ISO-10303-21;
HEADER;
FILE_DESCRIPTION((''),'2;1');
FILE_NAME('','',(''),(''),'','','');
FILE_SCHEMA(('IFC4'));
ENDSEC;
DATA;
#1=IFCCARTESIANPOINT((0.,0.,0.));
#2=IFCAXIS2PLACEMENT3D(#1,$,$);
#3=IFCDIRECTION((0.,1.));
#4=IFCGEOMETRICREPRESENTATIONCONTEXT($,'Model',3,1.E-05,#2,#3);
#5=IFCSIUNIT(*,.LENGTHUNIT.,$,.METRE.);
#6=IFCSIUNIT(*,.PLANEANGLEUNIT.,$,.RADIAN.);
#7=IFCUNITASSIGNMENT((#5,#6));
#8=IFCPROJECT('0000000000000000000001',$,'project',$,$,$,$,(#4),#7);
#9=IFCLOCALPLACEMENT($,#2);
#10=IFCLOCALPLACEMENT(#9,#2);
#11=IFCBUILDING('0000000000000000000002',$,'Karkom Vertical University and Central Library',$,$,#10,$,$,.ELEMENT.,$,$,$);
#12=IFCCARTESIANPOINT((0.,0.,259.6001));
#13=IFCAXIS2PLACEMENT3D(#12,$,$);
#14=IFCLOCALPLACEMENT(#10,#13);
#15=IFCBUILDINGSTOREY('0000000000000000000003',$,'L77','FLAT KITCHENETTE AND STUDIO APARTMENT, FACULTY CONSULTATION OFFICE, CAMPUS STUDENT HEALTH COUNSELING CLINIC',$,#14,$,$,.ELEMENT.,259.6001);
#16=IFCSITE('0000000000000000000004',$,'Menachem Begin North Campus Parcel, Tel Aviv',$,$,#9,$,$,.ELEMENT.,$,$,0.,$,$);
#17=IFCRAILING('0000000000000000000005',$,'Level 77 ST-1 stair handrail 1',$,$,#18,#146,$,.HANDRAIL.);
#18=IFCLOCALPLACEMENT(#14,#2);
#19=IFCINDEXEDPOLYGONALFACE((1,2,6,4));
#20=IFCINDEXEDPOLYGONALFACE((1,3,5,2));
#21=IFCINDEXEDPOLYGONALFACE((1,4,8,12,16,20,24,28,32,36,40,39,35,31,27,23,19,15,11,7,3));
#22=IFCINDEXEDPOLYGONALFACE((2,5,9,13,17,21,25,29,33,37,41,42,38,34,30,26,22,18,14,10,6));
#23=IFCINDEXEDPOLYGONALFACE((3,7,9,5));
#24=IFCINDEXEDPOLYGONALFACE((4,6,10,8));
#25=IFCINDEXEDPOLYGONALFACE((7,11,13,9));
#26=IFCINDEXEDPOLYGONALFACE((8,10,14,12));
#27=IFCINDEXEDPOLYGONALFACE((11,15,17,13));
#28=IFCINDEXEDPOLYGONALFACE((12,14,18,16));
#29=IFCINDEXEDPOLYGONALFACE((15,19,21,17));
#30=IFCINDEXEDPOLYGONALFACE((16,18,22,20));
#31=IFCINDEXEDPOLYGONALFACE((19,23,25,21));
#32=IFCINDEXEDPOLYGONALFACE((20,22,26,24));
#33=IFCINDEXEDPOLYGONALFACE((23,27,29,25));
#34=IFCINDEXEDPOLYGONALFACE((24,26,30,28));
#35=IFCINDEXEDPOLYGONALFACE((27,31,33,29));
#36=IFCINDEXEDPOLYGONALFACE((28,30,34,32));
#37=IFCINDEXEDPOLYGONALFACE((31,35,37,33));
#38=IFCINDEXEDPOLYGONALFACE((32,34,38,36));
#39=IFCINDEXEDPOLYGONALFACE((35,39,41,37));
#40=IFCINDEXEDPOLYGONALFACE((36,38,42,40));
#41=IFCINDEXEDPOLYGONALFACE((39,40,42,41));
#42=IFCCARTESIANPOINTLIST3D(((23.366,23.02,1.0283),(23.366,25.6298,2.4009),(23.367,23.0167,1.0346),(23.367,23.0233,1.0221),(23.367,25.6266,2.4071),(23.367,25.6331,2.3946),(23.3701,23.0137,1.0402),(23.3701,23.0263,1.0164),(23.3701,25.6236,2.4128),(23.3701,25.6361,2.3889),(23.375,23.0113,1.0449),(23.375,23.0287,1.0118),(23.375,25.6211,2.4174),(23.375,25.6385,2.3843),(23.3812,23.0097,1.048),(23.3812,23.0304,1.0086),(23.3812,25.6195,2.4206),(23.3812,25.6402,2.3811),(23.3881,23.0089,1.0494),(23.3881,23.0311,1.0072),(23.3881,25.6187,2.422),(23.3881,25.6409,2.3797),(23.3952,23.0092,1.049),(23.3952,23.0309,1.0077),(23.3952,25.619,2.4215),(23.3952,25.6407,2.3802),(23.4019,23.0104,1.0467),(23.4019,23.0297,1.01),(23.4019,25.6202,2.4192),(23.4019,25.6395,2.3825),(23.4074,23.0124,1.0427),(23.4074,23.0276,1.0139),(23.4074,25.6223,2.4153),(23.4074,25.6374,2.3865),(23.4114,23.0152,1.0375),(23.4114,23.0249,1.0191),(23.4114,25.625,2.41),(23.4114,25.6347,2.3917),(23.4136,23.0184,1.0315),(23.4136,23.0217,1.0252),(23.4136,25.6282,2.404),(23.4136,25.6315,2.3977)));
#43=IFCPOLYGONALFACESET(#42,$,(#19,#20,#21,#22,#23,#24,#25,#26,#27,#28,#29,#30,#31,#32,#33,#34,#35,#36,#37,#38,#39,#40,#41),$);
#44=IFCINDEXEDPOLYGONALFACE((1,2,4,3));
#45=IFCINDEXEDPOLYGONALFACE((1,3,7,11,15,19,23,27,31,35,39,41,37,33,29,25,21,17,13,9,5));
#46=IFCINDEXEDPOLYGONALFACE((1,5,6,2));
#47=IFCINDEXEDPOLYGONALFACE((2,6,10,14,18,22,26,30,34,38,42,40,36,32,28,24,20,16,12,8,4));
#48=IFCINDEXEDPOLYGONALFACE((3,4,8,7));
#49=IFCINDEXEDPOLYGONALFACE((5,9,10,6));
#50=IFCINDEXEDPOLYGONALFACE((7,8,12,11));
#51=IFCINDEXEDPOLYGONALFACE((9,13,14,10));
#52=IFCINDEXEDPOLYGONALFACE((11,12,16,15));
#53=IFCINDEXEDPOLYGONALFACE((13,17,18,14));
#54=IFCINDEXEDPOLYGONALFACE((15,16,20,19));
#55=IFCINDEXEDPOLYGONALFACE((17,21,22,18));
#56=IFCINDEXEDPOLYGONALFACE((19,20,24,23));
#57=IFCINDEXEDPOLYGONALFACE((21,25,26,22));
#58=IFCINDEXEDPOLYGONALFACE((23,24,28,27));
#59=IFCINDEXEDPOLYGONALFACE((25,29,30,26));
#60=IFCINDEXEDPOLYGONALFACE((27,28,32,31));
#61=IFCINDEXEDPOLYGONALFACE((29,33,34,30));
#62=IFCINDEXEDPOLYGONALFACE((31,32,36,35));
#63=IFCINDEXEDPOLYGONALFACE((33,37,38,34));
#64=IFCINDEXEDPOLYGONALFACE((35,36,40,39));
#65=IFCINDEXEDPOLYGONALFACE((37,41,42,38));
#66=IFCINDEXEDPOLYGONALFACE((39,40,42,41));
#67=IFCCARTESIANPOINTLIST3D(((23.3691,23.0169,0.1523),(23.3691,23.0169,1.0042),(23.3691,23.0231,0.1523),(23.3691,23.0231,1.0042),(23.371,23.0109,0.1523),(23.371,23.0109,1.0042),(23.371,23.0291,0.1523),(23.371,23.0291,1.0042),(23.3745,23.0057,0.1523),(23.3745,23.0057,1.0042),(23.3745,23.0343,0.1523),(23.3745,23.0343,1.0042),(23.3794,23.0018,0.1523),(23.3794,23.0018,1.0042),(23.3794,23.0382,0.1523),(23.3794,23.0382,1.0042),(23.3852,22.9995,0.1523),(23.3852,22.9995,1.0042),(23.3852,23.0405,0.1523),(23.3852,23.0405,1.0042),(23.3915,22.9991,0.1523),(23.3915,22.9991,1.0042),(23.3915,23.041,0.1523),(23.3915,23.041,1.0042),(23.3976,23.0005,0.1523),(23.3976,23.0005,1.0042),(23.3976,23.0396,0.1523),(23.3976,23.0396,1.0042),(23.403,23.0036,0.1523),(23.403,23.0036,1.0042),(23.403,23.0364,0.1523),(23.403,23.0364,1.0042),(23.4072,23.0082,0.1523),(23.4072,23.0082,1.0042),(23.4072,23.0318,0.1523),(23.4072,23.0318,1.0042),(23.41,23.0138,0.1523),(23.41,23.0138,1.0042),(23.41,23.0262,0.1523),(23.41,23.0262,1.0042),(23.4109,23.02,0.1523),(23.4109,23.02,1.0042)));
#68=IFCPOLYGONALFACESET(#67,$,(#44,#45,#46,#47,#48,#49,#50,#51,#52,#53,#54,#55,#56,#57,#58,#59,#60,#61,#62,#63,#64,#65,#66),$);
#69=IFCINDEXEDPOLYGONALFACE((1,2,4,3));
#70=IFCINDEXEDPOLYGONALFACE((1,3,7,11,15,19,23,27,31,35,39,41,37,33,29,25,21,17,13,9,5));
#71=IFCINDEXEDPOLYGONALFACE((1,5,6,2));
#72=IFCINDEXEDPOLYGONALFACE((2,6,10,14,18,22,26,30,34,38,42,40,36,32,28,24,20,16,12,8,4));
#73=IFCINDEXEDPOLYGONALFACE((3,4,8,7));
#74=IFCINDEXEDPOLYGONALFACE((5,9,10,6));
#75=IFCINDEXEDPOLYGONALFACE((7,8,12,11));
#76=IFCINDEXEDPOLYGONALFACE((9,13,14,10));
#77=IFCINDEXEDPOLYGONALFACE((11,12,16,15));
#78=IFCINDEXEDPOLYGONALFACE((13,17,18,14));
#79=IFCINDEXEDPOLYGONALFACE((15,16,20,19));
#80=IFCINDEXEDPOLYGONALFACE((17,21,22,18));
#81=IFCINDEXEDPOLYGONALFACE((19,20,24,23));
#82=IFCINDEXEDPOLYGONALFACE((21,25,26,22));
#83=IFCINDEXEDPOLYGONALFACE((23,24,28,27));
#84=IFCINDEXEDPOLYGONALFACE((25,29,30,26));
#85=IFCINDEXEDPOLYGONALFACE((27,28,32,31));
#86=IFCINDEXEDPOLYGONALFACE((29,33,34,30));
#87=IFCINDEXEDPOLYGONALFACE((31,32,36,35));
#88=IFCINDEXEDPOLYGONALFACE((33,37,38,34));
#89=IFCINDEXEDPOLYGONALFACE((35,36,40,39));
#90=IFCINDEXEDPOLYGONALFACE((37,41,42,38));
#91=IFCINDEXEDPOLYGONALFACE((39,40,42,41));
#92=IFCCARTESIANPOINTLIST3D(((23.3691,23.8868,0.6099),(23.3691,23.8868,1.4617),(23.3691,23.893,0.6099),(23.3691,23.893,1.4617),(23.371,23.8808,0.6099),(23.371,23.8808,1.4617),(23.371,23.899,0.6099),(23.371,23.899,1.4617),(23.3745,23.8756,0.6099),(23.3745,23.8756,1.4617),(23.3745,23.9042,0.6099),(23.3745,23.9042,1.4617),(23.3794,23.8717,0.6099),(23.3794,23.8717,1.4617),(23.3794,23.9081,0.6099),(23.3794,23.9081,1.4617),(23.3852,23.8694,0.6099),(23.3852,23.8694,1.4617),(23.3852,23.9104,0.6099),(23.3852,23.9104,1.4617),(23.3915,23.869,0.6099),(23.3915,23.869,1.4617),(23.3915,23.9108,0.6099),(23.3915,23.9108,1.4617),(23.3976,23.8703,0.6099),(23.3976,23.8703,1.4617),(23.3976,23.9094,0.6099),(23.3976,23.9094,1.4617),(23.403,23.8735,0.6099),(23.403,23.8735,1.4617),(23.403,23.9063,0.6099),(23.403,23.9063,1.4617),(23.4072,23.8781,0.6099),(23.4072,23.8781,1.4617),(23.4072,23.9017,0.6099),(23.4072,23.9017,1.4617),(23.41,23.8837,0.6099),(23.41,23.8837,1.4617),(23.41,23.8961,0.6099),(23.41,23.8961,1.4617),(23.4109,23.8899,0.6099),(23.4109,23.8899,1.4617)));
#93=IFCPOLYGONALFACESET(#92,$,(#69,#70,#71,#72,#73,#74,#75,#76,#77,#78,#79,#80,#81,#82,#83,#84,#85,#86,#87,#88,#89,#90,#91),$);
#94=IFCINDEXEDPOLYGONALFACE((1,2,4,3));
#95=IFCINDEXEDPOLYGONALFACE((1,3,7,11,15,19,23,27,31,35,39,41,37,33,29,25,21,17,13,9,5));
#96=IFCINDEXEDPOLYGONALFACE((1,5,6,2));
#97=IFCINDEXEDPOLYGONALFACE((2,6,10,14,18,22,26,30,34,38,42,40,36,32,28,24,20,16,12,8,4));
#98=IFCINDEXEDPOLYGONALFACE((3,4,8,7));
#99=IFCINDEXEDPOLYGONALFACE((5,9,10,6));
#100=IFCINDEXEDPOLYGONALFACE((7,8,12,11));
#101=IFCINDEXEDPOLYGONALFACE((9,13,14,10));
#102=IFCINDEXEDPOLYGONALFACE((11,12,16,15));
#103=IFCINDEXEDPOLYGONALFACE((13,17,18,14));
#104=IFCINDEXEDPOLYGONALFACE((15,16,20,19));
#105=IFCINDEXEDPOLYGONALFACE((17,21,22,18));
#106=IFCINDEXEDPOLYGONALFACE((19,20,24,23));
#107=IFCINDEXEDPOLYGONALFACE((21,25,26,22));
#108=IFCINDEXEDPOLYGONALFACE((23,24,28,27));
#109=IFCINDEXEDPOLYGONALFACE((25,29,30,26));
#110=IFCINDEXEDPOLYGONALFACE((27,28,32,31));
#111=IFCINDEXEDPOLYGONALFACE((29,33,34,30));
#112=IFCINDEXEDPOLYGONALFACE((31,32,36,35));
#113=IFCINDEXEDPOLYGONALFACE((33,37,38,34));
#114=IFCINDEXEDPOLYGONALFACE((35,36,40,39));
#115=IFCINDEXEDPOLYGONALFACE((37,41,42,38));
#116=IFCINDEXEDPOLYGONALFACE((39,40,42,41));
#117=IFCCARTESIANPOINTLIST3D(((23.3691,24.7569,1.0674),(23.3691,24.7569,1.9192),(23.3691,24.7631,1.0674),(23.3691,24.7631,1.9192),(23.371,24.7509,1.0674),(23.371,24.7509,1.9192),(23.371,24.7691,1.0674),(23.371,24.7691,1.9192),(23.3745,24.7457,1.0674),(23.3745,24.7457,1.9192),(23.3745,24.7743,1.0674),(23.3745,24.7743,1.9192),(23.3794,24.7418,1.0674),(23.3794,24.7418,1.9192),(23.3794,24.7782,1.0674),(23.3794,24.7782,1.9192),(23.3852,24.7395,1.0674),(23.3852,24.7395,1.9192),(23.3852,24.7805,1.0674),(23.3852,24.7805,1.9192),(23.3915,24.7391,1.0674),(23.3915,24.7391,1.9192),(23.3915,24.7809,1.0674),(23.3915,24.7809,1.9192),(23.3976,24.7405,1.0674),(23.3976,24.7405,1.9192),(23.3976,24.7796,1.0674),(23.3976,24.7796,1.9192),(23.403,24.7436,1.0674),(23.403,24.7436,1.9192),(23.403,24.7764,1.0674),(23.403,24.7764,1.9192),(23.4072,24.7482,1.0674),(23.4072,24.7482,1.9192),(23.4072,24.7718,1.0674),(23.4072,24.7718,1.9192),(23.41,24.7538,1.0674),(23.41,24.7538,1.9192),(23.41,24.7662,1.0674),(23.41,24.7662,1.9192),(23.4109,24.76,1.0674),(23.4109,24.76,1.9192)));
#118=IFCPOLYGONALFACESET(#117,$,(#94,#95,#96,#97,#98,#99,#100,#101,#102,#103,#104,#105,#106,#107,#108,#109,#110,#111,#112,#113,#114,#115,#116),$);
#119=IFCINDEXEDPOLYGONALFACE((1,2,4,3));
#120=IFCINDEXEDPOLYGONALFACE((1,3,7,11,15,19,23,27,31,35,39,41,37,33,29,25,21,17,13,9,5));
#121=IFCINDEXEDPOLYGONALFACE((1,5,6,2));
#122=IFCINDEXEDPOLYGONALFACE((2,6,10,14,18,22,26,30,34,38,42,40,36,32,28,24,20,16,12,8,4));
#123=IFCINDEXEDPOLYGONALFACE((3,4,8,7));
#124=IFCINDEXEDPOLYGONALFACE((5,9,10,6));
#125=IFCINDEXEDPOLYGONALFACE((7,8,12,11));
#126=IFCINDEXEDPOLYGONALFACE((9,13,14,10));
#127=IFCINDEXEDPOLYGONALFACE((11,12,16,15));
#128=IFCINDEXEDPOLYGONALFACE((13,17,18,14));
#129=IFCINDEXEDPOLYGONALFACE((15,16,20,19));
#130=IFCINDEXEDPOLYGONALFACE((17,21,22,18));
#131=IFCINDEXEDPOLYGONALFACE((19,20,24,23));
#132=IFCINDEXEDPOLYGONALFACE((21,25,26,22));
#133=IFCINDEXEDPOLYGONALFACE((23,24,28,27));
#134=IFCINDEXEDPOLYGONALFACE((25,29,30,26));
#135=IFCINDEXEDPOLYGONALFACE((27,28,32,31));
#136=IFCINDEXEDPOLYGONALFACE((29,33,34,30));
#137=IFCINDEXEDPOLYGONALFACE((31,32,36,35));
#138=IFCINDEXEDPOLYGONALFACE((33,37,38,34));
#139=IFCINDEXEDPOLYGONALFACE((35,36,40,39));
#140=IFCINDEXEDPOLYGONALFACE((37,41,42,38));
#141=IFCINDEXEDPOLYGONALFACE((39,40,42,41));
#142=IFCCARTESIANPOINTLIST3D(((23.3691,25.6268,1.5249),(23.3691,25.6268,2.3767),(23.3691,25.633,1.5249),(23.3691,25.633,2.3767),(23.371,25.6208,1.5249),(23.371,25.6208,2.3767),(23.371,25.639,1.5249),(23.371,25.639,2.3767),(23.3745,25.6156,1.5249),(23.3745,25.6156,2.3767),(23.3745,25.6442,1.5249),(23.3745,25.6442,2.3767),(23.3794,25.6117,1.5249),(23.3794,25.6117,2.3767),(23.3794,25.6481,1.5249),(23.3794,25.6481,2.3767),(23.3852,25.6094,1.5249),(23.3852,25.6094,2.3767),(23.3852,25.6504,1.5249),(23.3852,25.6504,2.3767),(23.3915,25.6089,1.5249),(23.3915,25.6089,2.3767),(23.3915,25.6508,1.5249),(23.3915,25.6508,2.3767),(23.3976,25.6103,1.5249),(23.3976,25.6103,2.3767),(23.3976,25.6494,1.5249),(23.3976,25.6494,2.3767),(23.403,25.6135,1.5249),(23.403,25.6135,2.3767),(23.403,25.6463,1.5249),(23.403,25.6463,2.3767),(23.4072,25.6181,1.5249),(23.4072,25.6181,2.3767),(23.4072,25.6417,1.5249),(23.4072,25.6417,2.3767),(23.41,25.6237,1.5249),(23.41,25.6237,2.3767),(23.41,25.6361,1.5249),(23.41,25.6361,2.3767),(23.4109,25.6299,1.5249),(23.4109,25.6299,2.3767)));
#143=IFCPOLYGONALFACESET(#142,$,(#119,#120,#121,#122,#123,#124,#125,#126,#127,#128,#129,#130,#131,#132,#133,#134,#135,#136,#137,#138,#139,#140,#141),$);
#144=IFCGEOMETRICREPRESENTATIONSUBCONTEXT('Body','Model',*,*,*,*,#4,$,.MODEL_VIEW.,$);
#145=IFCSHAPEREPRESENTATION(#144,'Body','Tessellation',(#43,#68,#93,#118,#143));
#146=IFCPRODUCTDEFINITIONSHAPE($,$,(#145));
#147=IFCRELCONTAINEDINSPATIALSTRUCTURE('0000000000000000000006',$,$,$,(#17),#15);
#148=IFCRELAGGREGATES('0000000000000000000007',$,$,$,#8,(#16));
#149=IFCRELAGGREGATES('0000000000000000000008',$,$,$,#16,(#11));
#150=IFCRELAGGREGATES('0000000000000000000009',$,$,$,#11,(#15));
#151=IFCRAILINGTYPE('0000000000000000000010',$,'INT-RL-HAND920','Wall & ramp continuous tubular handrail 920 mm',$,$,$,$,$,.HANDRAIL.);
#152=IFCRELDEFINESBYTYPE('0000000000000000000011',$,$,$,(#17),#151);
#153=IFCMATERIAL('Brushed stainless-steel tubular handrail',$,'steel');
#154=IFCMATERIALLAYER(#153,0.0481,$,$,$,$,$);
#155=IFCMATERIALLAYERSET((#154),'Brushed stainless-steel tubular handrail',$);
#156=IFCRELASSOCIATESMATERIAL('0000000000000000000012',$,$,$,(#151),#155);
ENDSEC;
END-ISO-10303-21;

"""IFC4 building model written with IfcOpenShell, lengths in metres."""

from ifc_helpers import new_model, si_unit, direction, frame, origin, origin_2d, place, context, subcontext, project, spatial, circle, extrude, material, layer, layer_set, type_object, element, save


model = new_model("IFC4")

# Units and contexts
model_context = context("Model", 3, precision=1e-05, world=origin(), true_north=direction((0.0, 1.0)))
body_context = subcontext(model_context, "Body", "Model", "MODEL_VIEW")
ifc_project = project(units=[si_unit("LENGTHUNIT", "METRE"), si_unit("PLANEANGLEUNIT", "RADIAN")], contexts=[model_context])

# Site, building, storey
site_placement = place(None, origin())
site = spatial("IfcSite", under=ifc_project, at=site_placement, Name="Menachem Begin North Campus Parcel, Tel Aviv", CompositionType="ELEMENT", RefElevation=0.0)
building_placement = place(site_placement, origin())
building = spatial("IfcBuilding", under=site, at=building_placement, Name="Karkom Vertical University and Central Library", CompositionType="ELEMENT")
storey_placement = place(building_placement, frame((0.0, 0.0, 259.6001)))
storey = spatial("IfcBuildingStorey", under=building, at=storey_placement, Name="L77", Description="FLAT KITCHENETTE AND STUDIO APARTMENT, FACULTY CONSULTATION OFFICE, CAMPUS STUDENT HEALTH COUNSELING CLINIC", CompositionType="ELEMENT", Elevation=259.6001)

# Railing
ifc_material_1 = material(Name="Brushed stainless-steel tubular handrail", Category="steel")
ifc_layer_1 = layer(ifc_material_1, 0.0481)
ifc_layer_set_1 = layer_set([ifc_layer_1], Name="Brushed stainless-steel tubular handrail")
railing_type_1 = type_object("IfcRailingType", Name="INT-RL-HAND920", Description="Wall & ramp continuous tubular handrail 920 mm", PredefinedType="HANDRAIL", material=ifc_layer_set_1)
railing_1_placement = place(storey_placement, frame((23.3899, 23.02, 0.1523)))
element("IfcRailing", 1, at=railing_1_placement, inside=storey, type_object=railing_type_1, Name="Level 77 ST-1 stair handrail 1", PredefinedType="HANDRAIL", context=body_context, shape_type="SweptSolid", body=[
    extrude(circle(Radius=0.0239, at=origin_2d()), frame((0.0, 0.0, 0.876), z_axis=(0.0, 0.885065, 0.465467), x_axis=(-1.0, 0.0, 0.0)), (0.0, 0.0, 1.0), 2.9487),
    extrude(circle(Radius=0.021, at=origin_2d()), origin(), (0.0, 0.0, 1.0), 0.8518),
    extrude(circle(Radius=0.021, at=origin_2d()), frame((0.0, 0.8699, 0.4575)), (0.0, 0.0, 1.0), 0.8518),
    extrude(circle(Radius=0.021, at=origin_2d()), frame((0.0, 1.74, 0.915)), (0.0, 0.0, 1.0), 0.8518),
    extrude(circle(Radius=0.021, at=origin_2d()), frame((0.0, 2.6099, 1.3726)), (0.0, 0.0, 1.0), 0.8518),
])

save(model, "model.ifc")
